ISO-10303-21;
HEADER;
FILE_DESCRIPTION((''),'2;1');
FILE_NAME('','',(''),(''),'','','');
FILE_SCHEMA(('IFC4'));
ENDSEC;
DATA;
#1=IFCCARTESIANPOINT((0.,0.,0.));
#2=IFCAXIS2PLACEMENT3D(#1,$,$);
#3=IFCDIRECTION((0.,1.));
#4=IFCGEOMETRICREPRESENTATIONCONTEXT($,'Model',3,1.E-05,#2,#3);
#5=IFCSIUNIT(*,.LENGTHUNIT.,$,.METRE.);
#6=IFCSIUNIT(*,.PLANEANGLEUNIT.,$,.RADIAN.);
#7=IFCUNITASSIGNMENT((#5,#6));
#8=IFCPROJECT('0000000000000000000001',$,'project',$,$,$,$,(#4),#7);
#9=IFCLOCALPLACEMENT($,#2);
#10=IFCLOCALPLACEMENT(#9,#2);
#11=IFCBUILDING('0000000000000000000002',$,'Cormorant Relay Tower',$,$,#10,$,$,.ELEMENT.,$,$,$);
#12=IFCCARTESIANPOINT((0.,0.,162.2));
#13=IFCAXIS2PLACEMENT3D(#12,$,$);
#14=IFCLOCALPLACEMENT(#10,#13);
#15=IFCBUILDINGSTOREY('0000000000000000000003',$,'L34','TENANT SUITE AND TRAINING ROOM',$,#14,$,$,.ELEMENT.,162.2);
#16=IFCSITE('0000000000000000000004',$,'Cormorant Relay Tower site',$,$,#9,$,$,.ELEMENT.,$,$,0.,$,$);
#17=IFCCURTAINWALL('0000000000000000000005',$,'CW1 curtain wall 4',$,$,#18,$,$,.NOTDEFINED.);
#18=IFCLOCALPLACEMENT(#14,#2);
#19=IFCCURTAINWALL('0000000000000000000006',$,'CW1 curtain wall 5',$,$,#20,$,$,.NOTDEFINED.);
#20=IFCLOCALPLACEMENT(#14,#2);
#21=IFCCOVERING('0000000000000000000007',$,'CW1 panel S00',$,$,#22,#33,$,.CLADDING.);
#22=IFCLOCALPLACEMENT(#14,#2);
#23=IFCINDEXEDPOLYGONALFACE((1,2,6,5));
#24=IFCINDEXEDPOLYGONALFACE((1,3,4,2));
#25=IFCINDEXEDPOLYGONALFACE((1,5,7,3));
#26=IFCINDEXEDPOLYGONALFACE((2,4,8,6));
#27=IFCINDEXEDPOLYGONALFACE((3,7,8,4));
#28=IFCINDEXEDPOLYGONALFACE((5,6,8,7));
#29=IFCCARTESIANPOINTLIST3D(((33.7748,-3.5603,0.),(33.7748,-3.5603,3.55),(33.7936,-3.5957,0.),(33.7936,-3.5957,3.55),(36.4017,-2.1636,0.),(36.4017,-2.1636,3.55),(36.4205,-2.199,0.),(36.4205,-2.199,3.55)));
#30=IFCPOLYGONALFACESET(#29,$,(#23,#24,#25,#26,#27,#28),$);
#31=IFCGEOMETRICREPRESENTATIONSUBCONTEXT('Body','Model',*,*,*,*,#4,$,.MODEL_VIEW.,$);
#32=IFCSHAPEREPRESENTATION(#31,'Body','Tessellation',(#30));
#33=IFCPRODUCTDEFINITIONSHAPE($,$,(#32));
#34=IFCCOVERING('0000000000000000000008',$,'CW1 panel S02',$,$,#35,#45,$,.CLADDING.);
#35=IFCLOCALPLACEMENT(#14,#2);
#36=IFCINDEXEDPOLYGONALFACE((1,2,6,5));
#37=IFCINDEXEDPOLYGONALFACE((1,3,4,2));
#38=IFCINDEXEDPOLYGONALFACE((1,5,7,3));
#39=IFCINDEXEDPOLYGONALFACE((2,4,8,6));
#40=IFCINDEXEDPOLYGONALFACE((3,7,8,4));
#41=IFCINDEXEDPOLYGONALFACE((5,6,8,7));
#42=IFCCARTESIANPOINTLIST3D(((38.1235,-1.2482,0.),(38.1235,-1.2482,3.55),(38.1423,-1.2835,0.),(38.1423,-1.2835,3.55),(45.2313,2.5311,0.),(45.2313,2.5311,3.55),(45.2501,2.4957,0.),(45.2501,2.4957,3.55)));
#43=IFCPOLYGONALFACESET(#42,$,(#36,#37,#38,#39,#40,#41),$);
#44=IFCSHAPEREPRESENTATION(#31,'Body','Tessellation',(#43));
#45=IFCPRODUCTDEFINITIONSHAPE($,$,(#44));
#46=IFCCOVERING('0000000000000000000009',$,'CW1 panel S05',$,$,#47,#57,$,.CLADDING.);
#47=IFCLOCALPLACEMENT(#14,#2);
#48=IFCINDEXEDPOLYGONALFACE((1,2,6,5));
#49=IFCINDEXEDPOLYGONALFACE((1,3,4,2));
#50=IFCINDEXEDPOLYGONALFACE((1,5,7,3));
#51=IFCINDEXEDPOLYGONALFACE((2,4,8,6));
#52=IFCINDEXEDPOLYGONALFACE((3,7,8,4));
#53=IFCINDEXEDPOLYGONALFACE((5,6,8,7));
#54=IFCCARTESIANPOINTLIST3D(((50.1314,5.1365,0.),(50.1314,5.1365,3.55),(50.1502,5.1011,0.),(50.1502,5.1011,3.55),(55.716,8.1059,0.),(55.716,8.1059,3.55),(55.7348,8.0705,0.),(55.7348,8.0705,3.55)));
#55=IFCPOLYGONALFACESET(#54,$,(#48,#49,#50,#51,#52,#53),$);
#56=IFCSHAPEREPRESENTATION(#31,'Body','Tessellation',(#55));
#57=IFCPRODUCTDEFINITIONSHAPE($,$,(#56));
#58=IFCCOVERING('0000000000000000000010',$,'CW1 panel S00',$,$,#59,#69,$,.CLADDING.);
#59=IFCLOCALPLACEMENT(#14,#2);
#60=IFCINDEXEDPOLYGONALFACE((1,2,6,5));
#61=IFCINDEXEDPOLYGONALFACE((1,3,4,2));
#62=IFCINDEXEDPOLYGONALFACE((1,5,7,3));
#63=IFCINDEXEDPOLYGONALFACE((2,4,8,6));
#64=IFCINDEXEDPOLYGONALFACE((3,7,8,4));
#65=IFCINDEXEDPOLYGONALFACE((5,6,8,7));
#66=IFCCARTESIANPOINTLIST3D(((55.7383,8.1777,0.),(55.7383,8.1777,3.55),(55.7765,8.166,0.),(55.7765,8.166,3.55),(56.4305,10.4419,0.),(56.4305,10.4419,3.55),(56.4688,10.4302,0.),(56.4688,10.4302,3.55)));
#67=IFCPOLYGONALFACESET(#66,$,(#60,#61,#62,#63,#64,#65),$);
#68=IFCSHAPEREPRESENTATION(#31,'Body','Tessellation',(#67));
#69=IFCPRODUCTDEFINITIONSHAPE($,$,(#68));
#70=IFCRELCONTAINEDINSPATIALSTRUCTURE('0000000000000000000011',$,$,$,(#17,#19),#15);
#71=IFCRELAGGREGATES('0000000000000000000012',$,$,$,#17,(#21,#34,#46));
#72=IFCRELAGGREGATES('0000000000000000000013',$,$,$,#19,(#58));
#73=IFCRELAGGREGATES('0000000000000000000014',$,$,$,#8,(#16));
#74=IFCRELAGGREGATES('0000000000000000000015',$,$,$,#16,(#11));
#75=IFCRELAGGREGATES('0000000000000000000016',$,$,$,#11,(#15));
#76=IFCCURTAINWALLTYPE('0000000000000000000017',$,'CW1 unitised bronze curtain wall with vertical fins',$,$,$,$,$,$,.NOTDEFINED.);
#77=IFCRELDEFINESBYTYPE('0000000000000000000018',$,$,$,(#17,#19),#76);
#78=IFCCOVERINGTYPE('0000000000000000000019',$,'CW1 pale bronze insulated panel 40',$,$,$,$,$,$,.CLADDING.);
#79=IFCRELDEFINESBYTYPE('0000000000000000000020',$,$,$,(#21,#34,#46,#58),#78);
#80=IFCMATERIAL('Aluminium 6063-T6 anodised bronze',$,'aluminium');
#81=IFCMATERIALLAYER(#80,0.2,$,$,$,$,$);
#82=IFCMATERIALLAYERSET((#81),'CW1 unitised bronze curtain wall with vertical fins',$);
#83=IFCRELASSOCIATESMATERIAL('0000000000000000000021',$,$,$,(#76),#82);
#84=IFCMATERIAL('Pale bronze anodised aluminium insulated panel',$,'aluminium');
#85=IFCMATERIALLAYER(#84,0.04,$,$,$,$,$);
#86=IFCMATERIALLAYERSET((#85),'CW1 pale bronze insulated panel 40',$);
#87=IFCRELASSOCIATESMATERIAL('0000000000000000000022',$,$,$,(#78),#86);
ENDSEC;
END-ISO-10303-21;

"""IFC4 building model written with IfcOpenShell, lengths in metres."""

from ifc_helpers import new_model, si_unit, direction, frame, origin, origin_2d, place, context, subcontext, project, spatial, rectangle, extrude, material, layer, layer_set, type_object, element, aggregate, save


model = new_model("IFC4")

# Units and contexts
model_context = context("Model", 3, precision=1e-05, world=origin(), true_north=direction((0.0, 1.0)))
body_context = subcontext(model_context, "Body", "Model", "MODEL_VIEW")
ifc_project = project(units=[si_unit("LENGTHUNIT", "METRE"), si_unit("PLANEANGLEUNIT", "RADIAN")], contexts=[model_context])

# Site, building, storey
site_placement = place(None, origin())
site = spatial("IfcSite", under=ifc_project, at=site_placement, Name="Cormorant Relay Tower site", CompositionType="ELEMENT", RefElevation=0.0)
building_placement = place(site_placement, origin())
building = spatial("IfcBuilding", under=site, at=building_placement, Name="Cormorant Relay Tower", CompositionType="ELEMENT")
storey_placement = place(building_placement, frame((0.0, 0.0, 162.2)))
storey = spatial("IfcBuildingStorey", under=building, at=storey_placement, Name="L34", Description="TENANT SUITE AND TRAINING ROOM", CompositionType="ELEMENT", Elevation=162.2)

# Shared definitions
ifc_material_1 = material(Name="Aluminium 6063-T6 anodised bronze", Category="aluminium")
ifc_layer_1 = layer(ifc_material_1, 0.2)
ifc_layer_set_1 = layer_set([ifc_layer_1], Name="CW1 unitised bronze curtain wall with vertical fins")
curtain_wall_type = type_object("IfcCurtainWallType", Name="CW1 unitised bronze curtain wall with vertical fins", PredefinedType="NOTDEFINED", material=ifc_layer_set_1)

# Curtain wall
curtain_wall_1_placement = place(storey_placement, origin())
curtain_wall_1 = element("IfcCurtainWall", 1, at=curtain_wall_1_placement, inside=storey, type_object=curtain_wall_type, Name="CW1 curtain wall 4", PredefinedType="NOTDEFINED")

# Curtain wall
curtain_wall_2_placement = place(storey_placement, origin())
curtain_wall_2 = element("IfcCurtainWall", 2, at=curtain_wall_2_placement, inside=storey, type_object=curtain_wall_type, Name="CW1 curtain wall 5", PredefinedType="NOTDEFINED")

# Coverings
ifc_material_2 = material(Name="Pale bronze anodised aluminium insulated panel", Category="aluminium")
ifc_layer_2 = layer(ifc_material_2, 0.04)
ifc_layer_set_2 = layer_set([ifc_layer_2], Name="CW1 pale bronze insulated panel 40")
covering_type = type_object("IfcCoveringType", Name="CW1 pale bronze insulated panel 40", PredefinedType="CLADDING", material=ifc_layer_set_2)
covering_1_placement = place(storey_placement, frame((35.0977, -2.8796, 0.0), z_axis=(0.0, 0.0, 1.0), x_axis=(0.882948, 0.469472, 0.0)))
covering_1 = element("IfcCovering", 3, at=covering_1_placement, type_object=covering_type, Name="CW1 panel S00", PredefinedType="CLADDING", context=body_context, shape_type="SweptSolid", body=[
    extrude(rectangle(XDim=2.9751, YDim=0.04, at=origin_2d()), origin(), (0.0, 0.0, 1.0), 3.55),
])
covering_2_placement = place(storey_placement, frame((41.6868, 0.6238, 0.0), z_axis=(0.0, 0.0, 1.0), x_axis=(0.882948, 0.469472, 0.0)))
covering_2 = element("IfcCovering", 4, at=covering_2_placement, type_object=covering_type, Name="CW1 panel S02", PredefinedType="CLADDING", context=body_context, shape_type="SweptSolid", body=[
    extrude(rectangle(XDim=8.05, YDim=0.04, at=origin_2d()), origin(), (0.0, 0.0, 1.0), 3.55),
])
covering_3_placement = place(storey_placement, frame((52.9331, 6.6035, 0.0), z_axis=(0.0, 0.0, 1.0), x_axis=(0.882948, 0.469472, 0.0)))
covering_3 = element("IfcCovering", 5, at=covering_3_placement, type_object=covering_type, Name="CW1 panel S05", PredefinedType="CLADDING", context=body_context, shape_type="SweptSolid", body=[
    extrude(rectangle(XDim=6.325, YDim=0.04, at=origin_2d()), origin(), (0.0, 0.0, 1.0), 3.55),
])
aggregate(curtain_wall_1, [covering_1, covering_2, covering_3])
covering_4_placement = place(storey_placement, frame((56.1035, 9.304, 0.0), z_axis=(0.0, 0.0, 1.0), x_axis=(0.292372, 0.956305, 0.0)))
covering_4 = element("IfcCovering", 6, at=covering_4_placement, type_object=covering_type, Name="CW1 panel S00", PredefinedType="CLADDING", context=body_context, shape_type="SweptSolid", body=[
    extrude(rectangle(XDim=2.3677, YDim=0.04, at=origin_2d()), origin(), (0.0, 0.0, 1.0), 3.55),
])
aggregate(curtain_wall_2, [covering_4])

save(model, "model.ifc")
